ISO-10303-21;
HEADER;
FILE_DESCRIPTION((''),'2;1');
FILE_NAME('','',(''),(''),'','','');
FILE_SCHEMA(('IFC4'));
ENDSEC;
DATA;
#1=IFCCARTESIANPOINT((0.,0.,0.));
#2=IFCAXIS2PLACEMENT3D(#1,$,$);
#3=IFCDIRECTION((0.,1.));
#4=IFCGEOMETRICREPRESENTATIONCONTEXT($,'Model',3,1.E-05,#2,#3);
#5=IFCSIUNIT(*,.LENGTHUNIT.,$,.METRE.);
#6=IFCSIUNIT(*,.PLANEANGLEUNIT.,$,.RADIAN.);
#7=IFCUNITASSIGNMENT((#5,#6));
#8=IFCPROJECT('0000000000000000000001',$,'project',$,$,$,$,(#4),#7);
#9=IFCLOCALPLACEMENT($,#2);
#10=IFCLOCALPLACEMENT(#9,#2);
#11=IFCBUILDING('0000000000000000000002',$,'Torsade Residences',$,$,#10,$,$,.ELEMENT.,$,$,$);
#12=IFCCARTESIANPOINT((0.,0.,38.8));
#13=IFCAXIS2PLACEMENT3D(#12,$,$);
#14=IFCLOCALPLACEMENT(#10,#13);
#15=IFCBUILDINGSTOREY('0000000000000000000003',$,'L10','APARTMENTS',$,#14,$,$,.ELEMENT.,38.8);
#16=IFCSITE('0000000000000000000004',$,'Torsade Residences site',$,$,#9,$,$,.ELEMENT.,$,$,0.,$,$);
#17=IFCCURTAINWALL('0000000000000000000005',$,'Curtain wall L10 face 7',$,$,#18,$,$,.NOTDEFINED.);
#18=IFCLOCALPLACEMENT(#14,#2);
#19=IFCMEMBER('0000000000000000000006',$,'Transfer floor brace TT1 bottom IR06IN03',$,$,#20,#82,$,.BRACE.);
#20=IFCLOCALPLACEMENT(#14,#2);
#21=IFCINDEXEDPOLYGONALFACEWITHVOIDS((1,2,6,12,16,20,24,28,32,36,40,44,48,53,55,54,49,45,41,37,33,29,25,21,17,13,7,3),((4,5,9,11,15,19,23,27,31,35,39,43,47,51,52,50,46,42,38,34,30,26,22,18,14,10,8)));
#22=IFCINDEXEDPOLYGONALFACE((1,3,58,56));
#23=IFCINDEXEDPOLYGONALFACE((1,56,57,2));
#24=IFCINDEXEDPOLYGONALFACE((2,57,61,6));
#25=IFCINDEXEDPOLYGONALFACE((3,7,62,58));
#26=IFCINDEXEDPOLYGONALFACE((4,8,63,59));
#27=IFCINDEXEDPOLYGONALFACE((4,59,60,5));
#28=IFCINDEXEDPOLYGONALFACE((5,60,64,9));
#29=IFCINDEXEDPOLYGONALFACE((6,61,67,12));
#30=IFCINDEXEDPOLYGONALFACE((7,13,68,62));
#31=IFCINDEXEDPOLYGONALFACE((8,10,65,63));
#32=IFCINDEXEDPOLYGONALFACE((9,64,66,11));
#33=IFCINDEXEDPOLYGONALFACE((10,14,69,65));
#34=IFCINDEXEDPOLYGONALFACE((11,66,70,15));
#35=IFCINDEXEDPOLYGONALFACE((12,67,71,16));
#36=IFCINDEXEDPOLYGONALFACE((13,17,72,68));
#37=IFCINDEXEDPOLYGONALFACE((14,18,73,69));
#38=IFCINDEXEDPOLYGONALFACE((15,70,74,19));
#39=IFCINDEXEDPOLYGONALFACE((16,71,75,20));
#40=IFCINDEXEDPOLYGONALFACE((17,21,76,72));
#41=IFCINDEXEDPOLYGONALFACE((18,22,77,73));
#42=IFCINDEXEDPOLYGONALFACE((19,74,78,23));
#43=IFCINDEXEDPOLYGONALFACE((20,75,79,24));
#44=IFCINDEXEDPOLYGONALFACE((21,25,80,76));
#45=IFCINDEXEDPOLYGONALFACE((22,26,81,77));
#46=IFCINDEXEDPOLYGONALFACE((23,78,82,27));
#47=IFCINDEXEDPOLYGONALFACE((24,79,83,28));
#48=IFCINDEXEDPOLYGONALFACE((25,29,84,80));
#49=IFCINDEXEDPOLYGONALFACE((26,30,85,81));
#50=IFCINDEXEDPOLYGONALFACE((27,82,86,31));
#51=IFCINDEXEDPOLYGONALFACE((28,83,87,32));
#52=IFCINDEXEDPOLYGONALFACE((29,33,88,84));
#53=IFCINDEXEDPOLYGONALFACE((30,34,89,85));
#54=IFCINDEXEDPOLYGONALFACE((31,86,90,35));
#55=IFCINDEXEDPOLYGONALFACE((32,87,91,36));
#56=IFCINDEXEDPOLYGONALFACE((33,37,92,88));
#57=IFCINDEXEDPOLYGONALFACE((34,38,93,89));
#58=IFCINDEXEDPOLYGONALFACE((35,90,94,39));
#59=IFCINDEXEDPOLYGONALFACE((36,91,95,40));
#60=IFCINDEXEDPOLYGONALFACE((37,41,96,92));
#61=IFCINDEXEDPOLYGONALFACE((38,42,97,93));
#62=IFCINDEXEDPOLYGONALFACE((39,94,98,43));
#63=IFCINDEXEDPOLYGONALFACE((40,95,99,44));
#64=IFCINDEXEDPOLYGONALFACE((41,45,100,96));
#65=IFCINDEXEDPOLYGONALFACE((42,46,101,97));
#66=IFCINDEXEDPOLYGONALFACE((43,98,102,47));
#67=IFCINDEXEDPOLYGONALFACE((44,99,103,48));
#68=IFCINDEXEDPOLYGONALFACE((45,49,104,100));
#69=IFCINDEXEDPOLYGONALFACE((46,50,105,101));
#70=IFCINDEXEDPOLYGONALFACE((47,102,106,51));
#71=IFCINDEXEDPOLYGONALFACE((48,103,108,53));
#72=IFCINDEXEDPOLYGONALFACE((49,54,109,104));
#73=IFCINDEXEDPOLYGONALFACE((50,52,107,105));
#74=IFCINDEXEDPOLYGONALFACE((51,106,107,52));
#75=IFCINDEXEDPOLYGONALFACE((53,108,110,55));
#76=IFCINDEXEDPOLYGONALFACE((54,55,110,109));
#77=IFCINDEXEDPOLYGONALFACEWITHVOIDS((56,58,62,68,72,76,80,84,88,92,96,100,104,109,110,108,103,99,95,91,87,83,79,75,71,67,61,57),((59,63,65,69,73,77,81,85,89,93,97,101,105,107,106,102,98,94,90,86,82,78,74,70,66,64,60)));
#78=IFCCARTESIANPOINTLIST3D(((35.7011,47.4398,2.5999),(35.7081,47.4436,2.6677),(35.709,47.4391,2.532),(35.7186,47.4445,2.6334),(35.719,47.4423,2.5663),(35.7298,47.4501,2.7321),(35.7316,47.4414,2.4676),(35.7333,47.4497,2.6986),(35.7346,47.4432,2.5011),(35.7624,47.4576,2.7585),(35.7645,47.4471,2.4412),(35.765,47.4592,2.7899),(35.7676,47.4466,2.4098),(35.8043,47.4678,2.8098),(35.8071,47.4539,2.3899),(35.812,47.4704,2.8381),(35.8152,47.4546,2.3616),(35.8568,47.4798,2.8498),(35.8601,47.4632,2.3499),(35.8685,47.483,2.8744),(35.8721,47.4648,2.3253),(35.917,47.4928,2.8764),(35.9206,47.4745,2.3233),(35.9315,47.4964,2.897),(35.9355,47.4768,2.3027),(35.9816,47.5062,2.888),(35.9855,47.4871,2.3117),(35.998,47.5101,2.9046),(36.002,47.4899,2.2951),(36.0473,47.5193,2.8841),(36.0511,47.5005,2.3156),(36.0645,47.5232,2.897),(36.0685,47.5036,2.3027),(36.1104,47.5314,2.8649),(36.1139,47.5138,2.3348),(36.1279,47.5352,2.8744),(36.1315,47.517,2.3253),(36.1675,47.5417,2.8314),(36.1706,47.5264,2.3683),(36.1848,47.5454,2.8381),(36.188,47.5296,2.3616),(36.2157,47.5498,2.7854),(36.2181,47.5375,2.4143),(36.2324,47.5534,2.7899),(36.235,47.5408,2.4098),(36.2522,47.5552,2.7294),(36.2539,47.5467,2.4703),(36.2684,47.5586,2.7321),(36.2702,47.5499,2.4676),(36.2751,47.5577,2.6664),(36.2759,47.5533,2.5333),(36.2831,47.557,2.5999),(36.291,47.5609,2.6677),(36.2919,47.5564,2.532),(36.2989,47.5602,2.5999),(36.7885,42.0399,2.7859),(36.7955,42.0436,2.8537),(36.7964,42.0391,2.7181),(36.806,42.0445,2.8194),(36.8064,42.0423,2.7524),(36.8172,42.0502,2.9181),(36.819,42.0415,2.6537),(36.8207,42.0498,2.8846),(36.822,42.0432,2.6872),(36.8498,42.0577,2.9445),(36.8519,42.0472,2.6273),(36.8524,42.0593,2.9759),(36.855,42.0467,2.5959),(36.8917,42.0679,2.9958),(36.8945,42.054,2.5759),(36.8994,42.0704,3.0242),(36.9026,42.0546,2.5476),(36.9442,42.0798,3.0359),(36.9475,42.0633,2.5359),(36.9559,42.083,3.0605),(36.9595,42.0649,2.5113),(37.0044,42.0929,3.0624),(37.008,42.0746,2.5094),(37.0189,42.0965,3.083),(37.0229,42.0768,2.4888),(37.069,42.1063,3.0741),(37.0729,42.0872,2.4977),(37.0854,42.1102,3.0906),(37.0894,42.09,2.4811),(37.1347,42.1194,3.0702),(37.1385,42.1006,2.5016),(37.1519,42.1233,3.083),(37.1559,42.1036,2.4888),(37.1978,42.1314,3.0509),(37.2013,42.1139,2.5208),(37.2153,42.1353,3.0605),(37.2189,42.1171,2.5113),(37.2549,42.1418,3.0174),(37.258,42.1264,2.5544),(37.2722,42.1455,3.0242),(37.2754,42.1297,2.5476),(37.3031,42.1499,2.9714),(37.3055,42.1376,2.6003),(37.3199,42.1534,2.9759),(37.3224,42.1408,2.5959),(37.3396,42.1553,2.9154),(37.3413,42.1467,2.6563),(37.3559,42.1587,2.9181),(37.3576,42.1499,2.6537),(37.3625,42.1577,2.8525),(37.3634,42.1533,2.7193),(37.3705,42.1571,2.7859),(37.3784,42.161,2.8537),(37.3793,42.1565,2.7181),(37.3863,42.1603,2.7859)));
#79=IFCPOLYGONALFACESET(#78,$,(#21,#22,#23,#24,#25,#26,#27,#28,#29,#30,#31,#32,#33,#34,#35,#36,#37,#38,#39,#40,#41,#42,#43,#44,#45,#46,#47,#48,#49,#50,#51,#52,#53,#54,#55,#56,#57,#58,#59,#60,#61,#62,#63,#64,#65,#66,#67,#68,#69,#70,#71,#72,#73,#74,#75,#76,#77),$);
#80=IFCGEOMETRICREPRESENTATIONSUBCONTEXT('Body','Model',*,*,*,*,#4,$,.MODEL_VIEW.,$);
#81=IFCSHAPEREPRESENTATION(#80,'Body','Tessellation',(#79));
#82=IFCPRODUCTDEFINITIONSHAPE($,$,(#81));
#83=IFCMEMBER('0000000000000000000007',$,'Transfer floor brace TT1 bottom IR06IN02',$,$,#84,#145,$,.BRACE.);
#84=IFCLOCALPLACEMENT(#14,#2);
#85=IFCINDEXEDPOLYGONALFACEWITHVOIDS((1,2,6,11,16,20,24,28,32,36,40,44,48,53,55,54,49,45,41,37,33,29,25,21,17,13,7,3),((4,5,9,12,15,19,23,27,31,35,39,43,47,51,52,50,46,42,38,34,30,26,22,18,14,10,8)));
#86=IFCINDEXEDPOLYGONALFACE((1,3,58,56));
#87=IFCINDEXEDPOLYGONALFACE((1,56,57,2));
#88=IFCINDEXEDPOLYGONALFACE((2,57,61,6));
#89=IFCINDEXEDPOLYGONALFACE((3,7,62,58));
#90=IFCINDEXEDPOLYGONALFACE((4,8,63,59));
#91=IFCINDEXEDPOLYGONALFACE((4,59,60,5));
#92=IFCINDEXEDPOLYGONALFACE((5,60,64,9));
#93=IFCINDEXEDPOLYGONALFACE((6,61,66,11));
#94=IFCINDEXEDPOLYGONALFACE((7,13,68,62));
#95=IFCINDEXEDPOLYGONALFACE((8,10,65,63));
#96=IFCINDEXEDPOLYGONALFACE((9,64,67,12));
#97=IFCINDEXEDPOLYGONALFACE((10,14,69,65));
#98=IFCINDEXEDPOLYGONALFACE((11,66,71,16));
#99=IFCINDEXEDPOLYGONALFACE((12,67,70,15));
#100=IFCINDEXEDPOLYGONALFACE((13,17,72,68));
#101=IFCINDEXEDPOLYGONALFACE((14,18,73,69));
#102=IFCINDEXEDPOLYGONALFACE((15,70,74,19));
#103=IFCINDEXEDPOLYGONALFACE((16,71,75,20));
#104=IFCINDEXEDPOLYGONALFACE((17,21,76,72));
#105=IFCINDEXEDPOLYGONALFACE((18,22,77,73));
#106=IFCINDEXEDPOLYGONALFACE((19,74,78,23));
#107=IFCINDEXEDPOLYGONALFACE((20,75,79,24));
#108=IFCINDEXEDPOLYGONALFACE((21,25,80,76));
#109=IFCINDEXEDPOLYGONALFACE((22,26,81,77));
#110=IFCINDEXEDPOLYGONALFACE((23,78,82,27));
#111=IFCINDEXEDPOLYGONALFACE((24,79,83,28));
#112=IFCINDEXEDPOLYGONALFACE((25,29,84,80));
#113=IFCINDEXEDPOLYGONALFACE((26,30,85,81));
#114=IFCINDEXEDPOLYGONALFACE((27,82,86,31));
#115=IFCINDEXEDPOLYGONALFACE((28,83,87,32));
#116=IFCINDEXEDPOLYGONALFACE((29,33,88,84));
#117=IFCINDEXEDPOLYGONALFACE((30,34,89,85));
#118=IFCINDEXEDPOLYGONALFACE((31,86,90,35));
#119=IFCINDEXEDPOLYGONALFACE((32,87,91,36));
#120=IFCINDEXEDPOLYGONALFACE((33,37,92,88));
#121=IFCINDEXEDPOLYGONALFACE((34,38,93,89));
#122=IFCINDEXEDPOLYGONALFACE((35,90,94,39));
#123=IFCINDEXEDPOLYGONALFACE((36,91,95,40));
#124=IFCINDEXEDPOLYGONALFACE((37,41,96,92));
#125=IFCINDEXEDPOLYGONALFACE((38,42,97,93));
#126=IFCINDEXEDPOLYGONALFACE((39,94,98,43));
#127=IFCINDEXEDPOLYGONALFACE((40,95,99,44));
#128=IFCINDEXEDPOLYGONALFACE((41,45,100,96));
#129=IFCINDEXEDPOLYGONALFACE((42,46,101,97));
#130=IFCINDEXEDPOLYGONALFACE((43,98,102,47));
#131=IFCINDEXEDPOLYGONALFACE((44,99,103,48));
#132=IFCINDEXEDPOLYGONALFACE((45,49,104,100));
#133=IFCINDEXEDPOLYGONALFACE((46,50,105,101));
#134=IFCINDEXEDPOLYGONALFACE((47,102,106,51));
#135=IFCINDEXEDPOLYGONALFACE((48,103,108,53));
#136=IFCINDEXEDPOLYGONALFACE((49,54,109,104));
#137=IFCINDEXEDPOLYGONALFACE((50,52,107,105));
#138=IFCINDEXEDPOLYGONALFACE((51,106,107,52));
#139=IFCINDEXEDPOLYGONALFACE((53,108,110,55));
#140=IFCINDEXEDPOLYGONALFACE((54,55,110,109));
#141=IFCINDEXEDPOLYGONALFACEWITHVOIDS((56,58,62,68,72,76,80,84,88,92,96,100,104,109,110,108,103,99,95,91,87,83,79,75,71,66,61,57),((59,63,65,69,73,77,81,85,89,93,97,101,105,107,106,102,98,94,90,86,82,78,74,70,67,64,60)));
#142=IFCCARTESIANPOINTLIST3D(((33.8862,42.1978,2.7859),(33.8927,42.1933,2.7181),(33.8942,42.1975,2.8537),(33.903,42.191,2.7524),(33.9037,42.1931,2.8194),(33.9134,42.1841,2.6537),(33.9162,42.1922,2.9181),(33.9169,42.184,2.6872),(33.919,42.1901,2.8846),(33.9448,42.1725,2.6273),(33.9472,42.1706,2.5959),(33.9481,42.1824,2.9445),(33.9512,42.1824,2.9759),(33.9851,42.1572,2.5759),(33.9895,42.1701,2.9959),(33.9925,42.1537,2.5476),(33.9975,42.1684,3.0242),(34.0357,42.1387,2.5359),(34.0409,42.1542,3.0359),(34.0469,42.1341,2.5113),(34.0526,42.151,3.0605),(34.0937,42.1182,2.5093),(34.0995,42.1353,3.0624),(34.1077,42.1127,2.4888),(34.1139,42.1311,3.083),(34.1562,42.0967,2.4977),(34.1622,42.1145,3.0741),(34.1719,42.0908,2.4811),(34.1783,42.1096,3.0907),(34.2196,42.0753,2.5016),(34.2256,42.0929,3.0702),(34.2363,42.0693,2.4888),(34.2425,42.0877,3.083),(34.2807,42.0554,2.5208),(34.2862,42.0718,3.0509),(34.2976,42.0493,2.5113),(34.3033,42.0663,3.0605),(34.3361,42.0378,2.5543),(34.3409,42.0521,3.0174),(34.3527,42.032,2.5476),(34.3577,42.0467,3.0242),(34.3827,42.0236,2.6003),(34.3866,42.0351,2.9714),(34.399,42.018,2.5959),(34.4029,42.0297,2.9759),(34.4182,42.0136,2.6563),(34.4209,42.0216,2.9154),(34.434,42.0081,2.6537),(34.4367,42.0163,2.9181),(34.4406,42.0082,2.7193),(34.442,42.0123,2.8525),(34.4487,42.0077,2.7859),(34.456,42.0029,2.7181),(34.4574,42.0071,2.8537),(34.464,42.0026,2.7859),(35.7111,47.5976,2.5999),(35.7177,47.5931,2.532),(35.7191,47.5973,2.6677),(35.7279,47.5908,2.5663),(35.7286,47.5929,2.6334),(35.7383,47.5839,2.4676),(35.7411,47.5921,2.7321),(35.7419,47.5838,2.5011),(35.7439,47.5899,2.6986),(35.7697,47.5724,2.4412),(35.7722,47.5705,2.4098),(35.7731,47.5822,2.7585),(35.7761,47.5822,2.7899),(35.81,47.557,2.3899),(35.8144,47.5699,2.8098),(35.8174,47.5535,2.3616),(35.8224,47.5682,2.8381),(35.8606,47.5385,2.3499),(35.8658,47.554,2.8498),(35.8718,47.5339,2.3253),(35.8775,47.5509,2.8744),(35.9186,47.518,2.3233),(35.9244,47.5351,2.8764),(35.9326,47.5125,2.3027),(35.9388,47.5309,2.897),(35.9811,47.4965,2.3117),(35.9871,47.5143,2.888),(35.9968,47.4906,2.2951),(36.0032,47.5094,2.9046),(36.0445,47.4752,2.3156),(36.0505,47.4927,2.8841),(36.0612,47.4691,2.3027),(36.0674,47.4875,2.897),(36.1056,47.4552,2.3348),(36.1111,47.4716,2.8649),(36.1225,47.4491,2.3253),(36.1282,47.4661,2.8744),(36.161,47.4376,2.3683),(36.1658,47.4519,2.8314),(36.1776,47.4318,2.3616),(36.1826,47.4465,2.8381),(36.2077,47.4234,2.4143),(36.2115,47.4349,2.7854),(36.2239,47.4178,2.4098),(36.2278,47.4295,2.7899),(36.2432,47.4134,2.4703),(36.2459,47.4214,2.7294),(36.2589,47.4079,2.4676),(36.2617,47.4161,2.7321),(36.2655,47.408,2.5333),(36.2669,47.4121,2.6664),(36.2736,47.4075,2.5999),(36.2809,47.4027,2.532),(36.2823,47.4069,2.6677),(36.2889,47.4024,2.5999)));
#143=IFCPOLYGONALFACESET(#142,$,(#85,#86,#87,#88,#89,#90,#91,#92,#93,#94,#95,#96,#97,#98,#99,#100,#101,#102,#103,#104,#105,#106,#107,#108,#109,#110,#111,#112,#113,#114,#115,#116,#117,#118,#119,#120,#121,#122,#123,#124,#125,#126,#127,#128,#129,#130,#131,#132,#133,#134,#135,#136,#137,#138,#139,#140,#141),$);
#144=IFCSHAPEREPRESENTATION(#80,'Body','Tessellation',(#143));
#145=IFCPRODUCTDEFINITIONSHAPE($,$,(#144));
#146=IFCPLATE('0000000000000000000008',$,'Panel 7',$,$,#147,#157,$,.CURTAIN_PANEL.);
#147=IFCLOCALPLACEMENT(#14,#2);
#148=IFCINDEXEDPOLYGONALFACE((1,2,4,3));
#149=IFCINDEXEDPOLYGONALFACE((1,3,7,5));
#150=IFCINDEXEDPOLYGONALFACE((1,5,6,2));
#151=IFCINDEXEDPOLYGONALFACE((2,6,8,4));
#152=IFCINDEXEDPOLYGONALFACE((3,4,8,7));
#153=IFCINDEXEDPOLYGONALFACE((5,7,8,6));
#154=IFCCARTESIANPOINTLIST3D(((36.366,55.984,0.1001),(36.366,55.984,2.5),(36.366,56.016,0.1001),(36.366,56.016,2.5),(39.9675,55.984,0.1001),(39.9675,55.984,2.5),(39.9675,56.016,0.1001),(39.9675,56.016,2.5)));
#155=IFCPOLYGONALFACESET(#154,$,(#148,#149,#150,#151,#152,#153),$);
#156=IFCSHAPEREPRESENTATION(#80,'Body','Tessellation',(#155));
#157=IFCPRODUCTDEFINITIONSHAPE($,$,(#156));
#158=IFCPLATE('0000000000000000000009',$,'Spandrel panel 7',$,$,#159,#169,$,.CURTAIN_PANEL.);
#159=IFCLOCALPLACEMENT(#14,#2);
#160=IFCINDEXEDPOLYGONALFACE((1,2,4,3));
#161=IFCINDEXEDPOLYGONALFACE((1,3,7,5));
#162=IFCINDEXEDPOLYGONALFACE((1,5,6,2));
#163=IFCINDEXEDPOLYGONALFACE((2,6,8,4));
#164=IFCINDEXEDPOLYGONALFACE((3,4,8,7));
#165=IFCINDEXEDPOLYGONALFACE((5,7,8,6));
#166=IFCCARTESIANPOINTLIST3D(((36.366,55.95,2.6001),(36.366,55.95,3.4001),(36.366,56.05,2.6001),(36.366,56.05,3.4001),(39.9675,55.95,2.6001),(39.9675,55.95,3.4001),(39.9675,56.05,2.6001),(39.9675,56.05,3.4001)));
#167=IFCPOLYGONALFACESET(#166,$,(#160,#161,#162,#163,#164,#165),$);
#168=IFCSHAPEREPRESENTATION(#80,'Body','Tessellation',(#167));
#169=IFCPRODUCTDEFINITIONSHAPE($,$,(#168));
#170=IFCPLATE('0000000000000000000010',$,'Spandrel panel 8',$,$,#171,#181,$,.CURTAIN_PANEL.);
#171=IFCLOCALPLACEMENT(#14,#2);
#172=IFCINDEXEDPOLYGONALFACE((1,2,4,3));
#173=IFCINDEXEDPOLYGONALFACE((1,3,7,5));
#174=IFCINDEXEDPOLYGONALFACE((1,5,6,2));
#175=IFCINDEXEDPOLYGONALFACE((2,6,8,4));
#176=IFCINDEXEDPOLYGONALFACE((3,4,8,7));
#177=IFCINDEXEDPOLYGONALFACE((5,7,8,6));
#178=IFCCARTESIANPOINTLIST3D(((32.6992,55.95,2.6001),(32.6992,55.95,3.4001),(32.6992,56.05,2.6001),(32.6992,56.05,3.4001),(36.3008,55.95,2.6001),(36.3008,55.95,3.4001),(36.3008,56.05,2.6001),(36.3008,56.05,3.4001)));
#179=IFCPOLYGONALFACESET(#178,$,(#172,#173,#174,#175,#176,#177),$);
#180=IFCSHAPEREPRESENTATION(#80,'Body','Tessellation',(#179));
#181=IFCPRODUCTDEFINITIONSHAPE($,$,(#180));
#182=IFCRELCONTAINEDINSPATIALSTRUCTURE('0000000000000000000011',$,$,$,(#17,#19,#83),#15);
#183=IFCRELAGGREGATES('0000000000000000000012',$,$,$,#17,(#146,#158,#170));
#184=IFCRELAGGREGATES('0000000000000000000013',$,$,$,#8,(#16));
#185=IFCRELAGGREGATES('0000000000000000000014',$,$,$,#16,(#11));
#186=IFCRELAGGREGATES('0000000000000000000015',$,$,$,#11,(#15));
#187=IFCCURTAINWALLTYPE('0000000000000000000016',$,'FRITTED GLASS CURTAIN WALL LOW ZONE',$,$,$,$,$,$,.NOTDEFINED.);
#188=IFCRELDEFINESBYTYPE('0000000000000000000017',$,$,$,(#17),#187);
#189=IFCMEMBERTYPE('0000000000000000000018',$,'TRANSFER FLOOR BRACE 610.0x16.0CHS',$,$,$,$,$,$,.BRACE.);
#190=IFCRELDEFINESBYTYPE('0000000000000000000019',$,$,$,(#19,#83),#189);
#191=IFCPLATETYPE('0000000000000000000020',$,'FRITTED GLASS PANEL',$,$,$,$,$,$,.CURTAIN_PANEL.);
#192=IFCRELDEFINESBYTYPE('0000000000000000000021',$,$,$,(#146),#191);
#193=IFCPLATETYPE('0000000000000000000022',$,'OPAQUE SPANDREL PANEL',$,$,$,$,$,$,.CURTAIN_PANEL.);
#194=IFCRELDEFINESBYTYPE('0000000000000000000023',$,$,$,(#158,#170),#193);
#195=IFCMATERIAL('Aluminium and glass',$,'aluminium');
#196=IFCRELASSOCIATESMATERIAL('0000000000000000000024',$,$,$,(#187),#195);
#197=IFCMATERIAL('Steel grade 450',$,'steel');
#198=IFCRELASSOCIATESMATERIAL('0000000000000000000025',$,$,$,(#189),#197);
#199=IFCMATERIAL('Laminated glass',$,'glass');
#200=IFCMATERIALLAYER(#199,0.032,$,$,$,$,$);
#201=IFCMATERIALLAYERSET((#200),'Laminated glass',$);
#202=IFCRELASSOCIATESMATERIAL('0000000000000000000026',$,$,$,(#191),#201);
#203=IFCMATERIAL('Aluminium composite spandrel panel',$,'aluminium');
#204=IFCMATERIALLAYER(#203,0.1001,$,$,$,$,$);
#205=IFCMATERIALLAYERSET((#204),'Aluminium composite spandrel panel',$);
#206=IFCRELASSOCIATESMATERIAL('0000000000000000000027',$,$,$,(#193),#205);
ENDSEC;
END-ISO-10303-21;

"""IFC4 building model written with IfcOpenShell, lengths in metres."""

from ifc_helpers import new_model, si_unit, direction, frame, origin, origin_2d, place, context, subcontext, project, spatial, rectangle, hollow_circle, extrude, material, layer, layer_set, material_profile, profile_set, type_object, element, aggregate, save


model = new_model("IFC4")

# Units and contexts
model_context = context("Model", 3, precision=1e-05, world=origin(), true_north=direction((0.0, 1.0)))
body_context = subcontext(model_context, "Body", "Model", "MODEL_VIEW")
ifc_project = project(units=[si_unit("LENGTHUNIT", "METRE"), si_unit("PLANEANGLEUNIT", "RADIAN")], contexts=[model_context])

# Site, building, storey
site_placement = place(None, origin())
site = spatial("IfcSite", under=ifc_project, at=site_placement, Name="Torsade Residences site", CompositionType="ELEMENT", RefElevation=0.0)
building_placement = place(site_placement, origin())
building = spatial("IfcBuilding", under=site, at=building_placement, Name="Torsade Residences", CompositionType="ELEMENT")
storey_placement = place(building_placement, frame((0.0, 0.0, 38.8)))
storey = spatial("IfcBuildingStorey", under=building, at=storey_placement, Name="L10", Description="APARTMENTS", CompositionType="ELEMENT", Elevation=38.8)

# Curtain wall
ifc_material_1 = material(Name="Aluminium and glass", Category="aluminium")
curtain_wall_type = type_object("IfcCurtainWallType", Name="FRITTED GLASS CURTAIN WALL LOW ZONE", PredefinedType="NOTDEFINED", material=ifc_material_1)
curtain_wall_placement = place(storey_placement, origin())
curtain_wall = element("IfcCurtainWall", 1, at=curtain_wall_placement, inside=storey, type_object=curtain_wall_type, Name="Curtain wall L10 face 7", PredefinedType="NOTDEFINED")

# Members
ifc_material_2 = material(Name="Steel grade 450", Category="steel")
ifc_material_profile_1 = material_profile(ifc_material_2, hollow_circle(Radius=0.3049, WallThickness=0.0161, at=origin_2d()), Name="610.0x16.0CHS")
ifc_profile_set_1 = profile_set([ifc_material_profile_1], Name="Steel grade 450")
member_type_1 = type_object("IfcMemberType", Name="TRANSFER FLOOR BRACE 610.0x16.0CHS", PredefinedType="BRACE", material=ifc_profile_set_1)
member_1_placement = place(storey_placement, frame((36.0, 47.5, 2.5999), z_axis=(0.197299, -0.979762, 0.033754), x_axis=(0.980321, 0.197412, 0.0)))
element("IfcMember", 2, at=member_1_placement, inside=storey, type_object=member_type_1, Name="Transfer floor brace TT1 bottom IR06IN03", PredefinedType="BRACE", context=body_context, shape_type="SweptSolid", body=[
    extrude(hollow_circle(Radius=0.3049, WallThickness=0.0161, at=origin_2d()), origin(), (0.0, 0.0, 1.0), 5.5115),
])
member_2_placement = place(storey_placement, frame((36.0, 47.5, 2.5999), z_axis=(-0.319999, -0.946856, 0.032621), x_axis=(0.94736, -0.32017, 0.0)))
element("IfcMember", 3, at=member_2_placement, inside=storey, type_object=member_type_1, Name="Transfer floor brace TT1 bottom IR06IN02", PredefinedType="BRACE", context=body_context, shape_type="SweptSolid", body=[
    extrude(hollow_circle(Radius=0.3049, WallThickness=0.0161, at=origin_2d()), origin(), (0.0, 0.0, 1.0), 5.7029),
])

# Plates
ifc_material_3 = material(Name="Laminated glass", Category="glass")
ifc_layer_1 = layer(ifc_material_3, 0.032)
ifc_layer_set_1 = layer_set([ifc_layer_1], Name="Laminated glass")
plate_type_1 = type_object("IfcPlateType", Name="FRITTED GLASS PANEL", PredefinedType="CURTAIN_PANEL", material=ifc_layer_set_1)
plate_1_placement = place(storey_placement, frame((38.1667, 56.0, 0.1001), z_axis=(0.0, 0.0, 1.0), x_axis=(-1.0, 0.0, 0.0)))
plate_1 = element("IfcPlate", 4, at=plate_1_placement, type_object=plate_type_1, Name="Panel 7", PredefinedType="CURTAIN_PANEL", context=body_context, shape_type="SweptSolid", body=[
    extrude(rectangle(XDim=3.6016, YDim=0.032, at=origin_2d()), origin(), (0.0, 0.0, 1.0), 2.3999),
])
ifc_material_4 = material(Name="Aluminium composite spandrel panel", Category="aluminium")
ifc_layer_2 = layer(ifc_material_4, 0.1001)
ifc_layer_set_2 = layer_set([ifc_layer_2], Name="Aluminium composite spandrel panel")
plate_type_2 = type_object("IfcPlateType", Name="OPAQUE SPANDREL PANEL", PredefinedType="CURTAIN_PANEL", material=ifc_layer_set_2)
plate_2_placement = place(storey_placement, frame((38.1667, 56.0, 2.6001), z_axis=(0.0, 0.0, 1.0), x_axis=(-1.0, 0.0, 0.0)))
plate_2 = element("IfcPlate", 5, at=plate_2_placement, type_object=plate_type_2, Name="Spandrel panel 7", PredefinedType="CURTAIN_PANEL", context=body_context, shape_type="SweptSolid", body=[
    extrude(rectangle(XDim=3.6016, YDim=0.1001, at=origin_2d()), origin(), (0.0, 0.0, 1.0), 0.8),
])
plate_3_placement = place(storey_placement, frame((34.5, 56.0, 2.6001), z_axis=(0.0, 0.0, 1.0), x_axis=(-1.0, 0.0, 0.0)))
plate_3 = element("IfcPlate", 6, at=plate_3_placement, type_object=plate_type_2, Name="Spandrel panel 8", PredefinedType="CURTAIN_PANEL", context=body_context, shape_type="SweptSolid", body=[
    extrude(rectangle(XDim=3.6016, YDim=0.1001, at=origin_2d()), origin(), (0.0, 0.0, 1.0), 0.8),
])
aggregate(curtain_wall, [plate_1, plate_2, plate_3])

save(model, "model.ifc")
